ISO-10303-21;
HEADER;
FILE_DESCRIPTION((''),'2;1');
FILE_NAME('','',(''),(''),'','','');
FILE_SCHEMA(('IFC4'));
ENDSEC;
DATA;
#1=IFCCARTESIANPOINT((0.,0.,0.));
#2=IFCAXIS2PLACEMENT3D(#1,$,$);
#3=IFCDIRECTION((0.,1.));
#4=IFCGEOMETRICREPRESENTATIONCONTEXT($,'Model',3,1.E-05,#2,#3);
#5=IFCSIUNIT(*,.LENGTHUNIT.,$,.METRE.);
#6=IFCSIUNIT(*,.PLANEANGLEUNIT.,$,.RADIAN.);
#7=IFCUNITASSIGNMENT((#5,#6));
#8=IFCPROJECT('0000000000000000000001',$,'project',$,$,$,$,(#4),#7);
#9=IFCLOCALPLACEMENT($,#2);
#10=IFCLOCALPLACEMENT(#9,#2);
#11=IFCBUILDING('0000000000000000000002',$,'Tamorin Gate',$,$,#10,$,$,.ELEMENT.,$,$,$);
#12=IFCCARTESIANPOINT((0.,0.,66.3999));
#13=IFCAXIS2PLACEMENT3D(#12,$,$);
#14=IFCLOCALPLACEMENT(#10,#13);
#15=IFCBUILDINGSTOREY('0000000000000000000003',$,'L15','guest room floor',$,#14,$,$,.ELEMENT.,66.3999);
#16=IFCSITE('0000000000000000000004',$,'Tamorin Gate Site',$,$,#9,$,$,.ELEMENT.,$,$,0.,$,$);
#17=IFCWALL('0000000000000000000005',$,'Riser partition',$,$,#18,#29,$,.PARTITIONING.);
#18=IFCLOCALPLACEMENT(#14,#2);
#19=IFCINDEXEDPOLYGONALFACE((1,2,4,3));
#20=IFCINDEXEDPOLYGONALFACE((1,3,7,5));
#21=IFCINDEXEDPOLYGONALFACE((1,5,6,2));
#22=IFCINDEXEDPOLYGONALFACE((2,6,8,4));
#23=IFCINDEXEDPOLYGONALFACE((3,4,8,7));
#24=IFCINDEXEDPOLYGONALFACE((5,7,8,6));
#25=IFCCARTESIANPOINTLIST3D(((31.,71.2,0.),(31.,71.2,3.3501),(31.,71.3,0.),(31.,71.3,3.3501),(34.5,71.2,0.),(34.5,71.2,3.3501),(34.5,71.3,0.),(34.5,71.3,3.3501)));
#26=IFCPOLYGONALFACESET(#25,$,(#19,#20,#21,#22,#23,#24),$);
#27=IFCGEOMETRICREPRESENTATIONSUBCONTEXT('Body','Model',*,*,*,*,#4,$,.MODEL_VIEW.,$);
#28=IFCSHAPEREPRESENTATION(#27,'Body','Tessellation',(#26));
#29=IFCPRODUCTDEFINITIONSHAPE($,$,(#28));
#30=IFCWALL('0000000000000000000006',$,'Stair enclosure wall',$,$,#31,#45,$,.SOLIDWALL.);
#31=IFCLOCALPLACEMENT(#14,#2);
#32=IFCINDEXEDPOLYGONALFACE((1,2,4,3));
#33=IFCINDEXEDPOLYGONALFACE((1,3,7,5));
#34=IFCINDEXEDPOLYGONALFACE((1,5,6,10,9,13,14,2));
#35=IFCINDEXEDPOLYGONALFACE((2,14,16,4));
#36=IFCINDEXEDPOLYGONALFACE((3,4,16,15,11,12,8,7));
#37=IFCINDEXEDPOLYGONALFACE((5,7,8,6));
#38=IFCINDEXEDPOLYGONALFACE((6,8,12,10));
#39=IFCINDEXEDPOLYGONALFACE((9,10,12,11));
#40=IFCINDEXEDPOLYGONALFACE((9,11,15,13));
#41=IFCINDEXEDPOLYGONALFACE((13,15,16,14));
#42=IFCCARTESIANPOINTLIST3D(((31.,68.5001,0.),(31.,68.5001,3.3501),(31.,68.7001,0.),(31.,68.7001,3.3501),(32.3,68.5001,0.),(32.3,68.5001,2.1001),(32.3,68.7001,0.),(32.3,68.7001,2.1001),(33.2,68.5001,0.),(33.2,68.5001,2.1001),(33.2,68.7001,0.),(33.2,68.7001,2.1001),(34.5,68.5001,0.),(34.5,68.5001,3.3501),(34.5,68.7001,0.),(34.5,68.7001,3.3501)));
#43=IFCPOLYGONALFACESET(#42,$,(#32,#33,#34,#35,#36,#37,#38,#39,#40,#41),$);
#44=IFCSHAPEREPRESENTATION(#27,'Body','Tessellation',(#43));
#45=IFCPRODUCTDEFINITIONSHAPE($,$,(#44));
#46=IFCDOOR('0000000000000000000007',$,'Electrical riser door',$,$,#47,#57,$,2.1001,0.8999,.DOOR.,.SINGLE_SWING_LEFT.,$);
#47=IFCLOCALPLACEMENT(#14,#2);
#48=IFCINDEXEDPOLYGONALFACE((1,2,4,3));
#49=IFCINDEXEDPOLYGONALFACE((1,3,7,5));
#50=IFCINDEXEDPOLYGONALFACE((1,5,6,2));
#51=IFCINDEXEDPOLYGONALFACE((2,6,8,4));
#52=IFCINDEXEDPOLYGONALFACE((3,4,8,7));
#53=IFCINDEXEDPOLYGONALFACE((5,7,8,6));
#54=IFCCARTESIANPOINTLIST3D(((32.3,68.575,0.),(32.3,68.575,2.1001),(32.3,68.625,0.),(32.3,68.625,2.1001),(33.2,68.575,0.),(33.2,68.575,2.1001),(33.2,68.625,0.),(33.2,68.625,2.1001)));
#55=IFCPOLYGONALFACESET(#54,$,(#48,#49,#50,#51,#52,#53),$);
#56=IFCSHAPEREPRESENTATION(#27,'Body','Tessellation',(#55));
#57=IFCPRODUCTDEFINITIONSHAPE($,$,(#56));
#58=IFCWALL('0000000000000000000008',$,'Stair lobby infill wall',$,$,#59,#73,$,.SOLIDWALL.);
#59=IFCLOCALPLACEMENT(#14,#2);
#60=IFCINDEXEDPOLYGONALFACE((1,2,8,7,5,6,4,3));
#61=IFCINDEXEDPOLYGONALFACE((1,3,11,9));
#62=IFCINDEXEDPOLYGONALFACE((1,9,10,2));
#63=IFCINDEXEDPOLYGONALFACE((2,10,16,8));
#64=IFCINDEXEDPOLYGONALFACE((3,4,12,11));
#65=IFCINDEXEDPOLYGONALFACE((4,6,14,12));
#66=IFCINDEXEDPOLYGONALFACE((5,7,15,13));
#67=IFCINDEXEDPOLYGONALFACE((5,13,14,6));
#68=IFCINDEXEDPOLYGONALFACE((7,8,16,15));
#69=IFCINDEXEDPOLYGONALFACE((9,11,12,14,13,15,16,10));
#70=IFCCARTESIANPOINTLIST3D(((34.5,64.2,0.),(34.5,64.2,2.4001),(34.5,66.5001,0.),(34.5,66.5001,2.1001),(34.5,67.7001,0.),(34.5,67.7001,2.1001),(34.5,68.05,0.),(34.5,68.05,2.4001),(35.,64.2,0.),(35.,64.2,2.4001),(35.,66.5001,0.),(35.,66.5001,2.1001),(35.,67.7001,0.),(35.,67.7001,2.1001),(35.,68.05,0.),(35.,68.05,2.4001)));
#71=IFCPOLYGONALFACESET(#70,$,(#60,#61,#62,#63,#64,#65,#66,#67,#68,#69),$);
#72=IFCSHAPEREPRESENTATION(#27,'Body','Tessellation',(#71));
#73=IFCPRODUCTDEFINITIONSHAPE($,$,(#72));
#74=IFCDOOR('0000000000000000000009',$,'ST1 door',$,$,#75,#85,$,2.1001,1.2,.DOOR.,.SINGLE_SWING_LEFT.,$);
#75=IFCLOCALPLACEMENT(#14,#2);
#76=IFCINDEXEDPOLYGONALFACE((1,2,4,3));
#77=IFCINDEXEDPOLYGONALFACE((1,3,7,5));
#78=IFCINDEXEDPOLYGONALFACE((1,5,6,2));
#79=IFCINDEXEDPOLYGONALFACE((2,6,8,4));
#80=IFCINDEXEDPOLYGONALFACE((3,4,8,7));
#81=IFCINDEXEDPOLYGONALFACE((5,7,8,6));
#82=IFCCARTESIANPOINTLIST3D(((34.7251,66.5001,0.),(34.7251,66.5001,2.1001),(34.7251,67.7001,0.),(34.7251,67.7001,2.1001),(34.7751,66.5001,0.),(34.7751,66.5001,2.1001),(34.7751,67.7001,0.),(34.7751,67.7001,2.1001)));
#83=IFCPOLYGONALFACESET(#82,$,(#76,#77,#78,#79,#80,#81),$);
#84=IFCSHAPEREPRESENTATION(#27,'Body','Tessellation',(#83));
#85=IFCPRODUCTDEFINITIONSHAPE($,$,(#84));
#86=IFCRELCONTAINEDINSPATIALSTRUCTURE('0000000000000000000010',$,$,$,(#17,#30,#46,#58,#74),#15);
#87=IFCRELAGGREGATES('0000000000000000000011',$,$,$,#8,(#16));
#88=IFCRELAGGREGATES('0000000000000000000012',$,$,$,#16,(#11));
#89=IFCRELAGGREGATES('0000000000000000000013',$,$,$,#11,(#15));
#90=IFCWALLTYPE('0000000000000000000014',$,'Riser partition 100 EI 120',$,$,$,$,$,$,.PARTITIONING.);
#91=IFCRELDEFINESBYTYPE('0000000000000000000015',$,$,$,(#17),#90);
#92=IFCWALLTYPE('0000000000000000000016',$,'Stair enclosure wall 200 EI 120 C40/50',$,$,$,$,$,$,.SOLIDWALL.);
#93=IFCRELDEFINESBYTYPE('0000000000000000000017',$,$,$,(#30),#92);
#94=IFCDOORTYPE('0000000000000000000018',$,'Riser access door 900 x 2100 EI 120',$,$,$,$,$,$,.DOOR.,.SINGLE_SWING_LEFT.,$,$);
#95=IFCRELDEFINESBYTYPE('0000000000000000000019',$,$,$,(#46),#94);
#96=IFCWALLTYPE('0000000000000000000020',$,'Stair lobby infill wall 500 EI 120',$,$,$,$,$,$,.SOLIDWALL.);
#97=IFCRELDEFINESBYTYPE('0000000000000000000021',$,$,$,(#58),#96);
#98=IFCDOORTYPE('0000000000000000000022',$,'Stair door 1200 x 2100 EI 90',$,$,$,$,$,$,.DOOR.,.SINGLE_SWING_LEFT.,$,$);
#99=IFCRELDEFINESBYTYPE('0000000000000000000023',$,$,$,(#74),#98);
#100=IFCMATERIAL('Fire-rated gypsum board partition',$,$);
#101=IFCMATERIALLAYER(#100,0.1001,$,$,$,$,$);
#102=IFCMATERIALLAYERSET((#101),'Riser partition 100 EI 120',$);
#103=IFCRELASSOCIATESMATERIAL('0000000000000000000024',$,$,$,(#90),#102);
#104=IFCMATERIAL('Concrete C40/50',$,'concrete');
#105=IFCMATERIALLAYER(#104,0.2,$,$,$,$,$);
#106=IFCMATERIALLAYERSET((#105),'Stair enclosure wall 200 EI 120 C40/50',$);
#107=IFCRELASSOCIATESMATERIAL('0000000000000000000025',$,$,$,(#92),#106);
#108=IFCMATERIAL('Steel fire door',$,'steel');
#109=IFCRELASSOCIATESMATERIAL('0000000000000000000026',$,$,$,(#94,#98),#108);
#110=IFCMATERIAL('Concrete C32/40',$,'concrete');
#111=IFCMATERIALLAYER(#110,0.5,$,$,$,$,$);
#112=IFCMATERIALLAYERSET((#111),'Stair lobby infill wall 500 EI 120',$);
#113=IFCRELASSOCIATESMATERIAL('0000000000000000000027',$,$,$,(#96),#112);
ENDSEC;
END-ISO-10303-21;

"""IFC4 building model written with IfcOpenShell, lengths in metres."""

from ifc_helpers import new_model, si_unit, direction, frame, frame_2d, origin, place, context, subcontext, project, spatial, rectangle, extrude, material, layer, layer_set, type_object, element, fill, save


model = new_model("IFC4")

# Units and contexts
model_context = context("Model", 3, precision=1e-05, world=origin(), true_north=direction((0.0, 1.0)))
body_context = subcontext(model_context, "Body", "Model", "MODEL_VIEW")
ifc_project = project(units=[si_unit("LENGTHUNIT", "METRE"), si_unit("PLANEANGLEUNIT", "RADIAN")], contexts=[model_context])

# Site, building, storey
site_placement = place(None, origin())
site = spatial("IfcSite", under=ifc_project, at=site_placement, Name="Tamorin Gate Site", CompositionType="ELEMENT", RefElevation=0.0)
building_placement = place(site_placement, origin())
building = spatial("IfcBuilding", under=site, at=building_placement, Name="Tamorin Gate", CompositionType="ELEMENT")
storey_placement = place(building_placement, frame((0.0, 0.0, 66.3999)))
storey = spatial("IfcBuildingStorey", under=building, at=storey_placement, Name="L15", Description="guest room floor", CompositionType="ELEMENT", Elevation=66.3999)

# Shared definitions
ifc_material_1 = material(Name="Concrete C32/40", Category="concrete")

# Wall
ifc_material_2 = material(Name="Fire-rated gypsum board partition")
ifc_layer_1 = layer(ifc_material_2, 0.1001)
ifc_layer_set_1 = layer_set([ifc_layer_1], Name="Riser partition 100 EI 120")
wall_type_1 = type_object("IfcWallType", Name="Riser partition 100 EI 120", PredefinedType="PARTITIONING", material=ifc_layer_set_1)
wall_1_placement = place(storey_placement, frame((31.0, 71.25, 0.0), z_axis=(0.0, 0.0, 1.0), x_axis=(1.0, 0.0, 0.0)))
element("IfcWall", 1, at=wall_1_placement, inside=storey, type_object=wall_type_1, Name="Riser partition", PredefinedType="PARTITIONING", context=body_context, shape_type="SweptSolid", body=[
    extrude(rectangle(XDim=3.5, YDim=0.1001, at=frame_2d((1.75, 0.0))), origin(), (0.0, 0.0, 1.0), 3.3501),
])

# Walls, openings, doors
ifc_material_3 = material(Name="Concrete C40/50", Category="concrete")
ifc_layer_2 = layer(ifc_material_3, 0.2)
ifc_layer_set_2 = layer_set([ifc_layer_2], Name="Stair enclosure wall 200 EI 120 C40/50")
wall_type_2 = type_object("IfcWallType", Name="Stair enclosure wall 200 EI 120 C40/50", PredefinedType="SOLIDWALL", material=ifc_layer_set_2)
wall_2_placement = place(storey_placement, frame((31.0, 68.6001, 0.0), z_axis=(0.0, 0.0, 1.0), x_axis=(1.0, 0.0, 0.0)))
wall_2 = element("IfcWall", 2, at=wall_2_placement, inside=storey, type_object=wall_type_2, Name="Stair enclosure wall", PredefinedType="SOLIDWALL", context=body_context, shape_type="SweptSolid", body=[
    extrude(rectangle(XDim=3.5, YDim=0.2, at=frame_2d((1.75, 0.0))), origin(), (0.0, 0.0, 1.0), 3.3501),
])
opening_1_placement = place(wall_2_placement, frame((1.3, 0.0, 0.0)))
opening_1 = element("IfcOpeningElement", 3, at=opening_1_placement, cuts=wall_2, PredefinedType="OPENING", context=body_context, shape_type="SweptSolid", body=[
    extrude(rectangle(XDim=0.8999, YDim=2.1001, at=frame_2d((0.45, 1.05))), frame((0.0, 0.1099, 0.0), z_axis=(0.0, -1.0, 0.0), x_axis=(1.0, 0.0, 0.0)), (0.0, 0.0, 1.0), 0.22),
])
ifc_material_4 = material(Name="Steel fire door", Category="steel")
door_type_1 = type_object("IfcDoorType", Name="Riser access door 900 x 2100 EI 120", OperationType="SINGLE_SWING_LEFT", PredefinedType="DOOR", material=ifc_material_4)
door_1_placement = place(opening_1_placement, origin())
door_1 = element("IfcDoor", 4, at=door_1_placement, inside=storey, type_object=door_type_1, Name="Electrical riser door", OperationType="SINGLE_SWING_LEFT", OverallHeight=2.1001, OverallWidth=0.8999, PredefinedType="DOOR", context=body_context, shape_type="SweptSolid", body=[
    extrude(rectangle(XDim=0.8999, YDim=2.1001, at=frame_2d((0.45, 1.05))), frame((0.0, 0.0249, 0.0), z_axis=(0.0, -1.0, 0.0), x_axis=(1.0, 0.0, 0.0)), (0.0, 0.0, 1.0), 0.05),
])
fill(opening_1, door_1)
ifc_layer_3 = layer(ifc_material_1, 0.5)
ifc_layer_set_3 = layer_set([ifc_layer_3], Name="Stair lobby infill wall 500 EI 120")
wall_type_3 = type_object("IfcWallType", Name="Stair lobby infill wall 500 EI 120", PredefinedType="SOLIDWALL", material=ifc_layer_set_3)
wall_3_placement = place(storey_placement, frame((34.75, 64.2, 0.0), z_axis=(0.0, 0.0, 1.0), x_axis=(0.0, 1.0, 0.0)))
wall_3 = element("IfcWall", 5, at=wall_3_placement, inside=storey, type_object=wall_type_3, Name="Stair lobby infill wall", PredefinedType="SOLIDWALL", context=body_context, shape_type="SweptSolid", body=[
    extrude(rectangle(XDim=3.8501, YDim=0.5, at=frame_2d((1.925, 0.0))), origin(), (0.0, 0.0, 1.0), 2.4001),
])
opening_2_placement = place(wall_3_placement, frame((2.3, 0.0, 0.0)))
opening_2 = element("IfcOpeningElement", 6, at=opening_2_placement, cuts=wall_3, PredefinedType="OPENING", context=body_context, shape_type="SweptSolid", body=[
    extrude(rectangle(XDim=1.2, YDim=2.1001, at=frame_2d((0.6001, 1.05))), frame((0.0, 0.26, 0.0), z_axis=(0.0, -1.0, 0.0), x_axis=(1.0, 0.0, 0.0)), (0.0, 0.0, 1.0), 0.52),
])
door_type_2 = type_object("IfcDoorType", Name="Stair door 1200 x 2100 EI 90", OperationType="SINGLE_SWING_LEFT", PredefinedType="DOOR", material=ifc_material_4)
door_2_placement = place(opening_2_placement, origin())
door_2 = element("IfcDoor", 7, at=door_2_placement, inside=storey, type_object=door_type_2, Name="ST1 door", OperationType="SINGLE_SWING_LEFT", OverallHeight=2.1001, OverallWidth=1.2, PredefinedType="DOOR", context=body_context, shape_type="SweptSolid", body=[
    extrude(rectangle(XDim=1.2, YDim=2.1001, at=frame_2d((0.6001, 1.05))), frame((0.0, 0.0249, 0.0), z_axis=(0.0, -1.0, 0.0), x_axis=(1.0, 0.0, 0.0)), (0.0, 0.0, 1.0), 0.05),
])
fill(opening_2, door_2)

save(model, "model.ifc")
